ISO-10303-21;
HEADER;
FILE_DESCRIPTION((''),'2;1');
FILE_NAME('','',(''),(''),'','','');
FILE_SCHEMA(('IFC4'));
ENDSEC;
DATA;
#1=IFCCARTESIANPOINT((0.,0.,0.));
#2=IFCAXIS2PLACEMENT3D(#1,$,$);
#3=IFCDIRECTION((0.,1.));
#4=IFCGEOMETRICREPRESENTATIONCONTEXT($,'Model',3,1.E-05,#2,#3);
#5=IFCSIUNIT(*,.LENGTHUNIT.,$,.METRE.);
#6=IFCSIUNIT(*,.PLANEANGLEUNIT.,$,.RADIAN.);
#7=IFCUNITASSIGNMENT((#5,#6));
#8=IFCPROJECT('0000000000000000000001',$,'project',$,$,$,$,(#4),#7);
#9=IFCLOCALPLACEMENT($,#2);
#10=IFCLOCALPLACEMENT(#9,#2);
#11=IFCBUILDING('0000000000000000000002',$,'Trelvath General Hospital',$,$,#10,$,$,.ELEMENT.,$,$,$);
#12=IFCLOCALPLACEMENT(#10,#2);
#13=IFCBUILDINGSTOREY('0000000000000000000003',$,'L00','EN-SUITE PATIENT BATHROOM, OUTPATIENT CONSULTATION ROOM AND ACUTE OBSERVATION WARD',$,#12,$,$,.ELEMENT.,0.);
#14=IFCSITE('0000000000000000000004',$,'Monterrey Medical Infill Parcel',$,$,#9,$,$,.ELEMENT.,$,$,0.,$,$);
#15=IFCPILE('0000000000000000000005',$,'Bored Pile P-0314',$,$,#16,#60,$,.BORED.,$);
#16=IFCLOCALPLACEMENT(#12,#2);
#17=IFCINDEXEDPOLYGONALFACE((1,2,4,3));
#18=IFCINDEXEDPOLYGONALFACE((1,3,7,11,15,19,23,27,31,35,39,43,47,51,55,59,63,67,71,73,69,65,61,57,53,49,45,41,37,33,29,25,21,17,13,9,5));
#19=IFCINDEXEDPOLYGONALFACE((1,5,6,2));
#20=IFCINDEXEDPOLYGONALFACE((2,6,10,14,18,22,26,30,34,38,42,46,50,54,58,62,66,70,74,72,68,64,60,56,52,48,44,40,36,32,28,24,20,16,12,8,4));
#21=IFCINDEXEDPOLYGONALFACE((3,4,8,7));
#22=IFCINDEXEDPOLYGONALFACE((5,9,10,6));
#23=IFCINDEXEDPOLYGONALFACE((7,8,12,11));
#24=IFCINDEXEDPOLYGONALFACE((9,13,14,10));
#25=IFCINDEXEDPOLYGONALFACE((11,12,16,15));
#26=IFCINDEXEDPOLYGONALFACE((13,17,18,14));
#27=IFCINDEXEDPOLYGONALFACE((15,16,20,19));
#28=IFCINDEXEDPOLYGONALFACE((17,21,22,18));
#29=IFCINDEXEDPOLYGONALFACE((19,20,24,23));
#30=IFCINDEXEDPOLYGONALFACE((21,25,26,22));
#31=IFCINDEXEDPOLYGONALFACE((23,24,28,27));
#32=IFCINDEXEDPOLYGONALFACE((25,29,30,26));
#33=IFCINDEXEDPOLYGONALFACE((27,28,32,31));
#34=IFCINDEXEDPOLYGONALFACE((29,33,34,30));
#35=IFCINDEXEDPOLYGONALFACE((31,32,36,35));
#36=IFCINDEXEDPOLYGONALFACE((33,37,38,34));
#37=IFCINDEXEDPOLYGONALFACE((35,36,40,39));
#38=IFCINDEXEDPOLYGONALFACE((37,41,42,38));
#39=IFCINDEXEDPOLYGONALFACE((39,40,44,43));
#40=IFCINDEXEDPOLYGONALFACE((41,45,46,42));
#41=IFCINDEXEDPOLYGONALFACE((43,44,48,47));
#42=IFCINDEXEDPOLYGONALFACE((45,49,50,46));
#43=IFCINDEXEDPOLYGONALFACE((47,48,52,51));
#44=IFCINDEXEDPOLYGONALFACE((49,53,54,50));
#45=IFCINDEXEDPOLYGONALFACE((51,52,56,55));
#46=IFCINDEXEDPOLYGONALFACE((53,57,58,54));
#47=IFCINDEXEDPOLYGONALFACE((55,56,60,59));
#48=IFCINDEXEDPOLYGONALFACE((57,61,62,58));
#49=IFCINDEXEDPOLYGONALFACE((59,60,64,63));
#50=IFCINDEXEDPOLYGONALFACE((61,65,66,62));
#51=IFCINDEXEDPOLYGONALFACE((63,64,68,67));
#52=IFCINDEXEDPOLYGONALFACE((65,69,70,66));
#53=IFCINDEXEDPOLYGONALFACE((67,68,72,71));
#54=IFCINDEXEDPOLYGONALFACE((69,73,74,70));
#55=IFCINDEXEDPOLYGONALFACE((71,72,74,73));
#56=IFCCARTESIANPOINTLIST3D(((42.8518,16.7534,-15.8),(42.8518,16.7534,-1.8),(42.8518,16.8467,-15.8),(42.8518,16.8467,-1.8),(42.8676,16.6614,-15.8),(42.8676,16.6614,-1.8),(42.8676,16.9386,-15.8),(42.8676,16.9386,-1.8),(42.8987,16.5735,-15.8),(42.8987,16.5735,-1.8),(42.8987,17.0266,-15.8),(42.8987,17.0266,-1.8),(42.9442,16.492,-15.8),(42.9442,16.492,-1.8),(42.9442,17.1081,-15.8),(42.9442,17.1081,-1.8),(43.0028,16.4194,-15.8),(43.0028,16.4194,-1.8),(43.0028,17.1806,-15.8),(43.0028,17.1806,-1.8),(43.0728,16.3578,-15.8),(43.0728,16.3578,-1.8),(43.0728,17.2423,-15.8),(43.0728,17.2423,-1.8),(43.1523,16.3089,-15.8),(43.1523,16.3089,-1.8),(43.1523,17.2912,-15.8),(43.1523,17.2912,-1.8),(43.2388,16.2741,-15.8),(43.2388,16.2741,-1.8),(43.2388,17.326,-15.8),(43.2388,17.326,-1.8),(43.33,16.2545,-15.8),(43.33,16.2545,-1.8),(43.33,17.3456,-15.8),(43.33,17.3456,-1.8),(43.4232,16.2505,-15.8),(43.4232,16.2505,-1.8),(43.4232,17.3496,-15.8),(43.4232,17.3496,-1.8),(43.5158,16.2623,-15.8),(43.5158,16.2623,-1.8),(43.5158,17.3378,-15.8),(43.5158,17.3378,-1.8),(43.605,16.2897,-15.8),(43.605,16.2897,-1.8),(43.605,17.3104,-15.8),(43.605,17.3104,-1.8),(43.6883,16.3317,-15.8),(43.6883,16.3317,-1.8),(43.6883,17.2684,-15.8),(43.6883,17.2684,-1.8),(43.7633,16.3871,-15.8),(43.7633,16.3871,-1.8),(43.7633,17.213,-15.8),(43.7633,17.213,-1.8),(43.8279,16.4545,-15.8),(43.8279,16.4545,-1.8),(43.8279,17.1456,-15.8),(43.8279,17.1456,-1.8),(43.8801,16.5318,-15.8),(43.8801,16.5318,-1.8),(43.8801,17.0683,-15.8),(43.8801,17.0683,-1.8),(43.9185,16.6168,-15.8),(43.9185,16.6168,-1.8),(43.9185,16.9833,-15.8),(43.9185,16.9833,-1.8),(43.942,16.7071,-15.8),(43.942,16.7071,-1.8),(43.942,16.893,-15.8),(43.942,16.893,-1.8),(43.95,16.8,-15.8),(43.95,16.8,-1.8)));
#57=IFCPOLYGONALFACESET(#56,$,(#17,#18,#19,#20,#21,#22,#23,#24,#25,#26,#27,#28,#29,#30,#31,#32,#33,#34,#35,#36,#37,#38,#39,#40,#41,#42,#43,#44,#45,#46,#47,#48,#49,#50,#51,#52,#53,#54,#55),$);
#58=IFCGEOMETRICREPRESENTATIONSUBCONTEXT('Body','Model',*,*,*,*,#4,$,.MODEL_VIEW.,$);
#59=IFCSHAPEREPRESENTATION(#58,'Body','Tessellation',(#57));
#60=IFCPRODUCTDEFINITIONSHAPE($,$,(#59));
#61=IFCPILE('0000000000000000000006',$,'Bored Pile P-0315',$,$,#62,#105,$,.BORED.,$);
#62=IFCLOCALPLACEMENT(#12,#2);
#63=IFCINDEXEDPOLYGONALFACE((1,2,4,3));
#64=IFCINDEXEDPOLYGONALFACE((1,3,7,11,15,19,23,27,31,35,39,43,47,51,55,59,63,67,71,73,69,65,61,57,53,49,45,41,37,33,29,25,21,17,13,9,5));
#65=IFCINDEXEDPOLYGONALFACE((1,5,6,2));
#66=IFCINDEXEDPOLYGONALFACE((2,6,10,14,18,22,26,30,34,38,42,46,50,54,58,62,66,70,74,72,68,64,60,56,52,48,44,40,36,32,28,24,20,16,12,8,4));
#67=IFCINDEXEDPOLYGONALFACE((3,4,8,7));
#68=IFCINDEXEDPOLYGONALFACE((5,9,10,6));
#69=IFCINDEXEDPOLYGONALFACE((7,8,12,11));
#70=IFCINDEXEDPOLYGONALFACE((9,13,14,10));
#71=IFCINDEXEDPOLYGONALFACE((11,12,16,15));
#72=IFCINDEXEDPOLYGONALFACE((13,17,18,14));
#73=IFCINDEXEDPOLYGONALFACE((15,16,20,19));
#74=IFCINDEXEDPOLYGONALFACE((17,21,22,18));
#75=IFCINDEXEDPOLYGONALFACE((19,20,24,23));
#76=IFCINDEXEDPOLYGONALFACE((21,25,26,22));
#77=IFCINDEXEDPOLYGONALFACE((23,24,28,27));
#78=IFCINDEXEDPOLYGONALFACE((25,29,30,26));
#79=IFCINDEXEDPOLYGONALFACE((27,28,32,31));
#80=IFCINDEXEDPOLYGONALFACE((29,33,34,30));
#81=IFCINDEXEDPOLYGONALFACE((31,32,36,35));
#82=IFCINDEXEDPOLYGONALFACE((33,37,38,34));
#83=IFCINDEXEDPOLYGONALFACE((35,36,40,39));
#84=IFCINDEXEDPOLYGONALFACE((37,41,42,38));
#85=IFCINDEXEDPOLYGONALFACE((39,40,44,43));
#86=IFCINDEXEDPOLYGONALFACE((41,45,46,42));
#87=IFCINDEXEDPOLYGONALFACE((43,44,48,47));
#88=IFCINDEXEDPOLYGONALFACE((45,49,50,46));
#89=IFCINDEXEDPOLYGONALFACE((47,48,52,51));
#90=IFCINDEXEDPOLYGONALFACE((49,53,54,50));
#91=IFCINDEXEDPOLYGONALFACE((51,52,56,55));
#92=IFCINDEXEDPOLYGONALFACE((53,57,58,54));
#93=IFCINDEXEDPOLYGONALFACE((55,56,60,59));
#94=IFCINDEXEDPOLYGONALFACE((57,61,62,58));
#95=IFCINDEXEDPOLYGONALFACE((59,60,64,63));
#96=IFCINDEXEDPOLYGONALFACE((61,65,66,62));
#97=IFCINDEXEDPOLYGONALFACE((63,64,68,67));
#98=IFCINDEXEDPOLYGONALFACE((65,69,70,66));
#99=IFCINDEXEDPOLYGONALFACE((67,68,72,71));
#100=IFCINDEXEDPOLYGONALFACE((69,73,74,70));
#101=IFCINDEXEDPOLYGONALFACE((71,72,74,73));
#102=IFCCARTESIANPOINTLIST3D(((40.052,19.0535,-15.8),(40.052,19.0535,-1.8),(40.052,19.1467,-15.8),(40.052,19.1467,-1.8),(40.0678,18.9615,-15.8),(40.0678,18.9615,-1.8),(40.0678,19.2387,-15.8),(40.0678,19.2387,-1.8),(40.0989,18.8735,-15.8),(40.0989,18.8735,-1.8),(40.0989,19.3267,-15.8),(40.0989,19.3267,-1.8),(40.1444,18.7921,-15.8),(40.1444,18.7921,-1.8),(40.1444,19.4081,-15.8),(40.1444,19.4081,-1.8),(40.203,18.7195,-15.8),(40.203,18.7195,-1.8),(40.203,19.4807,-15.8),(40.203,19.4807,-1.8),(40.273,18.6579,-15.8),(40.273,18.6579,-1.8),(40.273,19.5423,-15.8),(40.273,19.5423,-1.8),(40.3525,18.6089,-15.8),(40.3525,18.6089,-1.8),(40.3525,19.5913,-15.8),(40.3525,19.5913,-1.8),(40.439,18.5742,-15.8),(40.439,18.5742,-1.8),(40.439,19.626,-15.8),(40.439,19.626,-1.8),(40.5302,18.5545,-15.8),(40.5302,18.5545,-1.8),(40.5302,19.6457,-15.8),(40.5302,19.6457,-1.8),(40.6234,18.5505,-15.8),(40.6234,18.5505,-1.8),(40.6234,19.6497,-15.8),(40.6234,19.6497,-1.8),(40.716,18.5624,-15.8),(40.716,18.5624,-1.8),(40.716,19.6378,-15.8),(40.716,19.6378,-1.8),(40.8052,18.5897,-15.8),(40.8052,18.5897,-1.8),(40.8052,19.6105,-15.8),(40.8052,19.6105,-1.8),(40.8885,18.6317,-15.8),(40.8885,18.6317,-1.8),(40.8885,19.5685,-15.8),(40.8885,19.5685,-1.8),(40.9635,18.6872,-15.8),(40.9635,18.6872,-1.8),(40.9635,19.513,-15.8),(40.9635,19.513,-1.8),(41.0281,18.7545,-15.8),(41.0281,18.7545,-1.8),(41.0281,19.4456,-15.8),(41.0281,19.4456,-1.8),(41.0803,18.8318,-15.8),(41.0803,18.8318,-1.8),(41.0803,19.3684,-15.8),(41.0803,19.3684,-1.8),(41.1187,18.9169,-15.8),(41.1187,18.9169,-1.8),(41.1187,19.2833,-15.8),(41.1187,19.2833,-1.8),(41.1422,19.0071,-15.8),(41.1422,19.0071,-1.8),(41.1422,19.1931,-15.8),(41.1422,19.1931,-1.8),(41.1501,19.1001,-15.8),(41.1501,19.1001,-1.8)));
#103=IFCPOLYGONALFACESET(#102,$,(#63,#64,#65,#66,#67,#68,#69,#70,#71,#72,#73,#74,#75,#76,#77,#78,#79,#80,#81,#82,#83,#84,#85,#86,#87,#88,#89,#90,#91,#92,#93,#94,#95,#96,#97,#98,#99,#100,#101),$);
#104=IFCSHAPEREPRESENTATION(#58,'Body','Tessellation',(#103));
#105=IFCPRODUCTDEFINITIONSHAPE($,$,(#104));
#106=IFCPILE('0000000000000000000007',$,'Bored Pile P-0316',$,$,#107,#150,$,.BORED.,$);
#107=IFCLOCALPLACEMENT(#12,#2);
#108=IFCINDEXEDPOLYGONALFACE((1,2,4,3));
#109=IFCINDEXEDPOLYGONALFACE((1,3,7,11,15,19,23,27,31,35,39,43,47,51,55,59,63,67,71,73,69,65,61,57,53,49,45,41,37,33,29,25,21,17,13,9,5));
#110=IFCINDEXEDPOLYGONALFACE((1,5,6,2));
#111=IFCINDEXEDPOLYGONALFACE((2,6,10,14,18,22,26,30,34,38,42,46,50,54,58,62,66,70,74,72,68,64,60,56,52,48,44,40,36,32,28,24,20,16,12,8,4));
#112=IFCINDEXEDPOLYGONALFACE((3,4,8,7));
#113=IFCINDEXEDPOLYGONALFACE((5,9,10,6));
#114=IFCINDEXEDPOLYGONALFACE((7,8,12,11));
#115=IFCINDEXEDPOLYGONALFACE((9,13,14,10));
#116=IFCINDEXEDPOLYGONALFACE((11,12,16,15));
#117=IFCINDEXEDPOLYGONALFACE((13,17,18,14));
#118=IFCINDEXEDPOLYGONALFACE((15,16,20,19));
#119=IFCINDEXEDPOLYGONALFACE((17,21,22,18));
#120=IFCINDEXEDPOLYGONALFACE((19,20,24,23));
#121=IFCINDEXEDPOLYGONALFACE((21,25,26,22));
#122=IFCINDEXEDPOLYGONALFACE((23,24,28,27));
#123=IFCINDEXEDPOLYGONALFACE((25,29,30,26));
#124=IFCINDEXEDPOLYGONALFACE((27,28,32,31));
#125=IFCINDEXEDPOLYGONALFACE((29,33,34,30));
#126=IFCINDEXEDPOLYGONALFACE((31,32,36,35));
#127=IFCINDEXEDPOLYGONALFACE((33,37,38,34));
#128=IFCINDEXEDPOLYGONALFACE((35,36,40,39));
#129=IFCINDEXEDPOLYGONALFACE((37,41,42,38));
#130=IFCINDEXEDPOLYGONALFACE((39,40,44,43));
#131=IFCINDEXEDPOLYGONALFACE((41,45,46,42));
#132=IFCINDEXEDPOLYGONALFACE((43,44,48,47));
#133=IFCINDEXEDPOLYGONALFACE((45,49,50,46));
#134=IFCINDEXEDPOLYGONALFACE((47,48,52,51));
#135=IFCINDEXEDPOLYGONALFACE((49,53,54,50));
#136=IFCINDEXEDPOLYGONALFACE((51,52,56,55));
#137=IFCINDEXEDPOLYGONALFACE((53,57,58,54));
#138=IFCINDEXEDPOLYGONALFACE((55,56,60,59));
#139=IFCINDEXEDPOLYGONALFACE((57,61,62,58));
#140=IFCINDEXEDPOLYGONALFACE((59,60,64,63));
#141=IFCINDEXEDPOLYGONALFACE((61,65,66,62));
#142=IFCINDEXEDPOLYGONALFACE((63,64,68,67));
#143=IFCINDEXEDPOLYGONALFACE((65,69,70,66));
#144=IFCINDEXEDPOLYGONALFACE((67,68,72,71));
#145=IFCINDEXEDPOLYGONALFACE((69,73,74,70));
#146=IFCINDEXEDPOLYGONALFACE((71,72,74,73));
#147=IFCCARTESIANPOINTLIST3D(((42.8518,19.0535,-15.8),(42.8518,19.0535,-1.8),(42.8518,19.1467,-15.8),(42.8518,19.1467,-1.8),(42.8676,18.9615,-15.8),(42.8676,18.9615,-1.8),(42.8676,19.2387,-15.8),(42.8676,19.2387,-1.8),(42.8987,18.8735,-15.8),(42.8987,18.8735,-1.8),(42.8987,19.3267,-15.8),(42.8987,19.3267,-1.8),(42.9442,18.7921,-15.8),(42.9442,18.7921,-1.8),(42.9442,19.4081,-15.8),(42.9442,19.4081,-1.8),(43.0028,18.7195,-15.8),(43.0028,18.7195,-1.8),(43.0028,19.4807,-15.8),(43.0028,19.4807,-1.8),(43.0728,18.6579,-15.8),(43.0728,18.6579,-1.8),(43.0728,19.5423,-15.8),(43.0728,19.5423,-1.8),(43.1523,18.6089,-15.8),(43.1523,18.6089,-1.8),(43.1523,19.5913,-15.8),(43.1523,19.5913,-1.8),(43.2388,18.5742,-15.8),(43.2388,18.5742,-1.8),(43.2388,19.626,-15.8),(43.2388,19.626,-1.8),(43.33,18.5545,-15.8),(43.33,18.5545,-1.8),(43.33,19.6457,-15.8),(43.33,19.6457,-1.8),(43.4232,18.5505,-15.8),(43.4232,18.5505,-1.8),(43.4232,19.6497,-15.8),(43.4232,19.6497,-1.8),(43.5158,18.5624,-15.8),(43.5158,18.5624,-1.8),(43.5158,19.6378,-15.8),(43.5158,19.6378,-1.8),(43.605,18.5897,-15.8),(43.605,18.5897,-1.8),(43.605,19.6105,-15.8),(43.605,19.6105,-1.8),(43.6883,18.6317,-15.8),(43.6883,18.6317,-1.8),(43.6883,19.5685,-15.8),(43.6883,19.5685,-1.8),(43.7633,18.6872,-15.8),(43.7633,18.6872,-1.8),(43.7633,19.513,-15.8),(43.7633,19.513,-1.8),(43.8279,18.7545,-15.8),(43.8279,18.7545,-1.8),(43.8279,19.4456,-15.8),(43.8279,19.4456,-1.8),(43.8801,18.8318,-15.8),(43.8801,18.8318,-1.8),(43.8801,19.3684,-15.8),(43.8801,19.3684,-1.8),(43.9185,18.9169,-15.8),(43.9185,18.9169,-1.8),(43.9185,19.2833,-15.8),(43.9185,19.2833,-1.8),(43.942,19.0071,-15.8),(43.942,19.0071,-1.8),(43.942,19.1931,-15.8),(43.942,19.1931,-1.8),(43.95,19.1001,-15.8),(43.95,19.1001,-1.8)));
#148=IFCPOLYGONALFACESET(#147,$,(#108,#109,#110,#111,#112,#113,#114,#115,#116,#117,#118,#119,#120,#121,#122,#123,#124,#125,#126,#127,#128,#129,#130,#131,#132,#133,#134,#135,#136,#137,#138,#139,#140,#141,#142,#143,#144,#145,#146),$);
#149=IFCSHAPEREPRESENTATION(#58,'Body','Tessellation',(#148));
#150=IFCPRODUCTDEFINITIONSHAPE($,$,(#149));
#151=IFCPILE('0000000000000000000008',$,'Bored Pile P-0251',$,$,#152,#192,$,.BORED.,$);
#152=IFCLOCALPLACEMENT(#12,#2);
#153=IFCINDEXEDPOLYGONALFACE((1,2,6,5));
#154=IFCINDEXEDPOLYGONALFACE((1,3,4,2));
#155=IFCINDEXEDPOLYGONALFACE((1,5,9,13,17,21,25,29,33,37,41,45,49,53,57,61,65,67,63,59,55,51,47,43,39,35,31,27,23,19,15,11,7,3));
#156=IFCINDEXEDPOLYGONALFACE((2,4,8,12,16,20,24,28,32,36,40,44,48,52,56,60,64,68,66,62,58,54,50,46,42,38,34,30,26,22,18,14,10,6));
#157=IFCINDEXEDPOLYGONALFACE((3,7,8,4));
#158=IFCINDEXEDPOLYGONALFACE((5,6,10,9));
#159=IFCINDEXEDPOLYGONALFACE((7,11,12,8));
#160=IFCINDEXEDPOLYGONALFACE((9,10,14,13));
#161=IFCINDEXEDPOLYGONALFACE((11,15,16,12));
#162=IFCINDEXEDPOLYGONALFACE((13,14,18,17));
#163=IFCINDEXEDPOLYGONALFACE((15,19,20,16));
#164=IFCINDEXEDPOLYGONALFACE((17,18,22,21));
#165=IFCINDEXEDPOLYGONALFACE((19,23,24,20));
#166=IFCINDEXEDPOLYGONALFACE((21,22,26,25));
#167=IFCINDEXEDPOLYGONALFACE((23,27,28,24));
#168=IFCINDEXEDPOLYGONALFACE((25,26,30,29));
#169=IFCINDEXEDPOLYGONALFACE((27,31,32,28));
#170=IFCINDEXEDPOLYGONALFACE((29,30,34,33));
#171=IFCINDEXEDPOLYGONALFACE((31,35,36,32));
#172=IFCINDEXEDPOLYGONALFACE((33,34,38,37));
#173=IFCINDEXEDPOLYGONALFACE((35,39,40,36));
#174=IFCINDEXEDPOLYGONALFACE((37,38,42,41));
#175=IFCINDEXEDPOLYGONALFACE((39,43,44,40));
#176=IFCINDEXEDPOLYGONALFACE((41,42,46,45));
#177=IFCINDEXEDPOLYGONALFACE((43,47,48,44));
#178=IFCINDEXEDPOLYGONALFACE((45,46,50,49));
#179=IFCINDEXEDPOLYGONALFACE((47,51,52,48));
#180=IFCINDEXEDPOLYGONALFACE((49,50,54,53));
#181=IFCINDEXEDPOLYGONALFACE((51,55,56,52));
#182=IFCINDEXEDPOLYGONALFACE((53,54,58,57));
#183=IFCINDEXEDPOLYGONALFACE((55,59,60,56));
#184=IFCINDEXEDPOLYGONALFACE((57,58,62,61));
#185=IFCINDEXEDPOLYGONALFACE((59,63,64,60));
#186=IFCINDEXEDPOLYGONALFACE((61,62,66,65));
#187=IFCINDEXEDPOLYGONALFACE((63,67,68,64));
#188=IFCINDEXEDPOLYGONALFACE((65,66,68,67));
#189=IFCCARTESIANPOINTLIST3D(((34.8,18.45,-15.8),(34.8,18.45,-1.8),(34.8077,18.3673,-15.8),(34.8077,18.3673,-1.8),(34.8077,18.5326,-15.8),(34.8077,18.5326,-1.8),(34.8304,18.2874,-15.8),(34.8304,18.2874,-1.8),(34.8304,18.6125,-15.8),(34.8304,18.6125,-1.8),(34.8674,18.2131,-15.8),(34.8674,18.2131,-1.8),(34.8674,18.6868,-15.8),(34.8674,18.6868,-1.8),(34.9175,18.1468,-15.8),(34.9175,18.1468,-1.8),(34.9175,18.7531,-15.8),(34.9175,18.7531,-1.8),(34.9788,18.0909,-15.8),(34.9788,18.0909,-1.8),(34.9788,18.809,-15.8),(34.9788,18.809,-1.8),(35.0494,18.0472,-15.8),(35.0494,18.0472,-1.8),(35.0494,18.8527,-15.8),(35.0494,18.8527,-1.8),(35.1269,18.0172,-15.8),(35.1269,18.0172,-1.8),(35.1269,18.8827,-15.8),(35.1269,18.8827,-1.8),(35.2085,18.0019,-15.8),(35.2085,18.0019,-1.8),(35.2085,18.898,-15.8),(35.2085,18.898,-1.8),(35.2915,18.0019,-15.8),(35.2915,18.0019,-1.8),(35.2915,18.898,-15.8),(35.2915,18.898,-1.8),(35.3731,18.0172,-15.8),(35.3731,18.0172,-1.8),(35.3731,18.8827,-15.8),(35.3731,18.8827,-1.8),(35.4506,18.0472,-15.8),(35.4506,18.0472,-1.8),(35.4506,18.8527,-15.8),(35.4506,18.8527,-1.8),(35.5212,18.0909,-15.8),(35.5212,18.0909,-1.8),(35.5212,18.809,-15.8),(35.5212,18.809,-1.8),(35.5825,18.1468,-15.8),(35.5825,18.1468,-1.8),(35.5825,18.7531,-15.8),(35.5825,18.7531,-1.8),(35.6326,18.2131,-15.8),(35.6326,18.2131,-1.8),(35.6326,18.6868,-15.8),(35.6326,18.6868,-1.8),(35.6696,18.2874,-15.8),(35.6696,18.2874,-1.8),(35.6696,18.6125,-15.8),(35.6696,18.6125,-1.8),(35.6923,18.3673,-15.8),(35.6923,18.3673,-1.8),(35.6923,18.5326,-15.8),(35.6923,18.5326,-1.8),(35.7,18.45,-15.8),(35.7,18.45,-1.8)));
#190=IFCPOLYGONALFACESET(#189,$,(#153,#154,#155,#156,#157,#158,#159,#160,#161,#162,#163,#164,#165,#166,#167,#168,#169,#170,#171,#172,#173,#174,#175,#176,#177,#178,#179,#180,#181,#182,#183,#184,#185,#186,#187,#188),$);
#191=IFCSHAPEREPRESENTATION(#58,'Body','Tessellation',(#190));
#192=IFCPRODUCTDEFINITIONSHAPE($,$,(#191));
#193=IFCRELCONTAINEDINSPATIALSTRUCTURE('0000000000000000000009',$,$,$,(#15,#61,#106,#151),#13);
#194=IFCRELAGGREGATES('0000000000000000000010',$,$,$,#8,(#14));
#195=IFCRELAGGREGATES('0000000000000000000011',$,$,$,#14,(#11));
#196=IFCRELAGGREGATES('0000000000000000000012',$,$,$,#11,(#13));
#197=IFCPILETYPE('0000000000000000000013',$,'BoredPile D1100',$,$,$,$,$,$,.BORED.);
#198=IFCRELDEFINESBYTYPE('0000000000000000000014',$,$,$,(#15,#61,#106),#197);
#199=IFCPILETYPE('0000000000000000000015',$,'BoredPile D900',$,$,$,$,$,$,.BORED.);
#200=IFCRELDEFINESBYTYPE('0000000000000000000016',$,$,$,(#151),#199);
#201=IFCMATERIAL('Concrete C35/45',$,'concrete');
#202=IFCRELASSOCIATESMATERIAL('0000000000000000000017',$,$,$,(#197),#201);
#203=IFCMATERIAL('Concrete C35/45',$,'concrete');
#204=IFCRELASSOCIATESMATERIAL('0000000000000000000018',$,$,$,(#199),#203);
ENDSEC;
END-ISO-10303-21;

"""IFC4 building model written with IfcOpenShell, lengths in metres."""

from ifc_helpers import new_model, si_unit, direction, frame, origin, origin_2d, place, context, subcontext, project, spatial, circle, extrude, material, material_profile, profile_set, type_object, element, save


model = new_model("IFC4")

# Units and contexts
model_context = context("Model", 3, precision=1e-05, world=origin(), true_north=direction((0.0, 1.0)))
body_context = subcontext(model_context, "Body", "Model", "MODEL_VIEW")
ifc_project = project(units=[si_unit("LENGTHUNIT", "METRE"), si_unit("PLANEANGLEUNIT", "RADIAN")], contexts=[model_context])

# Site, building, storey
site_placement = place(None, origin())
site = spatial("IfcSite", under=ifc_project, at=site_placement, Name="Monterrey Medical Infill Parcel", CompositionType="ELEMENT", RefElevation=0.0)
building_placement = place(site_placement, origin())
building = spatial("IfcBuilding", under=site, at=building_placement, Name="Trelvath General Hospital", CompositionType="ELEMENT")
storey_placement = place(building_placement, origin())
storey = spatial("IfcBuildingStorey", under=building, at=storey_placement, Name="L00", Description="EN-SUITE PATIENT BATHROOM, OUTPATIENT CONSULTATION ROOM AND ACUTE OBSERVATION WARD", CompositionType="ELEMENT", Elevation=0.0)

# Piles
ifc_material_1 = material(Name="Concrete C35/45", Category="concrete")
ifc_material_profile_1 = material_profile(ifc_material_1, circle(Radius=0.55, at=origin_2d()), Name="PILE1100")
ifc_profile_set_1 = profile_set([ifc_material_profile_1], Name="Concrete C35/45")
pile_type_1 = type_object("IfcPileType", Name="BoredPile D1100", PredefinedType="BORED", material=ifc_profile_set_1)
for number, where, z_axis, x_axis, name in (
    (1, (43.3999, 16.8, -1.8), (0.0, 0.0, -1.0), (1.0, 0.0, 0.0), "Bored Pile P-0314"),
    (2, (40.6001, 19.1001, -1.8), (0.0, 0.0, -1.0), (1.0, 0.0, 0.0), "Bored Pile P-0315"),
    (3, (43.3999, 19.1001, -1.8), (0.0, 0.0, -1.0), (1.0, 0.0, 0.0), "Bored Pile P-0316"),
):
    element("IfcPile", number, at=place(storey_placement, frame(where, z_axis=z_axis, x_axis=x_axis)), inside=storey, type_object=pile_type_1, Name=name, PredefinedType="BORED", context=body_context, shape_type="SweptSolid", body=[
        extrude(circle(Radius=0.55, at=origin_2d()), origin(), (0.0, 0.0, 1.0), 14.0),
    ])
ifc_material_2 = material(Name="Concrete C35/45", Category="concrete")
ifc_material_profile_2 = material_profile(ifc_material_2, circle(Radius=0.45, at=origin_2d()), Name="PILE900")
ifc_profile_set_2 = profile_set([ifc_material_profile_2], Name="Concrete C35/45")
pile_type_2 = type_object("IfcPileType", Name="BoredPile D900", PredefinedType="BORED", material=ifc_profile_set_2)
for number, where, z_axis, x_axis, name in (
    (4, (35.25, 18.45, -1.8), (0.0, 0.0, -1.0), (1.0, 0.0, 0.0), "Bored Pile P-0251"),
):
    element("IfcPile", number, at=place(storey_placement, frame(where, z_axis=z_axis, x_axis=x_axis)), inside=storey, type_object=pile_type_2, Name=name, PredefinedType="BORED", context=body_context, shape_type="SweptSolid", body=[
        extrude(circle(Radius=0.45, at=origin_2d()), origin(), (0.0, 0.0, 1.0), 14.0),
    ])

save(model, "model.ifc")
